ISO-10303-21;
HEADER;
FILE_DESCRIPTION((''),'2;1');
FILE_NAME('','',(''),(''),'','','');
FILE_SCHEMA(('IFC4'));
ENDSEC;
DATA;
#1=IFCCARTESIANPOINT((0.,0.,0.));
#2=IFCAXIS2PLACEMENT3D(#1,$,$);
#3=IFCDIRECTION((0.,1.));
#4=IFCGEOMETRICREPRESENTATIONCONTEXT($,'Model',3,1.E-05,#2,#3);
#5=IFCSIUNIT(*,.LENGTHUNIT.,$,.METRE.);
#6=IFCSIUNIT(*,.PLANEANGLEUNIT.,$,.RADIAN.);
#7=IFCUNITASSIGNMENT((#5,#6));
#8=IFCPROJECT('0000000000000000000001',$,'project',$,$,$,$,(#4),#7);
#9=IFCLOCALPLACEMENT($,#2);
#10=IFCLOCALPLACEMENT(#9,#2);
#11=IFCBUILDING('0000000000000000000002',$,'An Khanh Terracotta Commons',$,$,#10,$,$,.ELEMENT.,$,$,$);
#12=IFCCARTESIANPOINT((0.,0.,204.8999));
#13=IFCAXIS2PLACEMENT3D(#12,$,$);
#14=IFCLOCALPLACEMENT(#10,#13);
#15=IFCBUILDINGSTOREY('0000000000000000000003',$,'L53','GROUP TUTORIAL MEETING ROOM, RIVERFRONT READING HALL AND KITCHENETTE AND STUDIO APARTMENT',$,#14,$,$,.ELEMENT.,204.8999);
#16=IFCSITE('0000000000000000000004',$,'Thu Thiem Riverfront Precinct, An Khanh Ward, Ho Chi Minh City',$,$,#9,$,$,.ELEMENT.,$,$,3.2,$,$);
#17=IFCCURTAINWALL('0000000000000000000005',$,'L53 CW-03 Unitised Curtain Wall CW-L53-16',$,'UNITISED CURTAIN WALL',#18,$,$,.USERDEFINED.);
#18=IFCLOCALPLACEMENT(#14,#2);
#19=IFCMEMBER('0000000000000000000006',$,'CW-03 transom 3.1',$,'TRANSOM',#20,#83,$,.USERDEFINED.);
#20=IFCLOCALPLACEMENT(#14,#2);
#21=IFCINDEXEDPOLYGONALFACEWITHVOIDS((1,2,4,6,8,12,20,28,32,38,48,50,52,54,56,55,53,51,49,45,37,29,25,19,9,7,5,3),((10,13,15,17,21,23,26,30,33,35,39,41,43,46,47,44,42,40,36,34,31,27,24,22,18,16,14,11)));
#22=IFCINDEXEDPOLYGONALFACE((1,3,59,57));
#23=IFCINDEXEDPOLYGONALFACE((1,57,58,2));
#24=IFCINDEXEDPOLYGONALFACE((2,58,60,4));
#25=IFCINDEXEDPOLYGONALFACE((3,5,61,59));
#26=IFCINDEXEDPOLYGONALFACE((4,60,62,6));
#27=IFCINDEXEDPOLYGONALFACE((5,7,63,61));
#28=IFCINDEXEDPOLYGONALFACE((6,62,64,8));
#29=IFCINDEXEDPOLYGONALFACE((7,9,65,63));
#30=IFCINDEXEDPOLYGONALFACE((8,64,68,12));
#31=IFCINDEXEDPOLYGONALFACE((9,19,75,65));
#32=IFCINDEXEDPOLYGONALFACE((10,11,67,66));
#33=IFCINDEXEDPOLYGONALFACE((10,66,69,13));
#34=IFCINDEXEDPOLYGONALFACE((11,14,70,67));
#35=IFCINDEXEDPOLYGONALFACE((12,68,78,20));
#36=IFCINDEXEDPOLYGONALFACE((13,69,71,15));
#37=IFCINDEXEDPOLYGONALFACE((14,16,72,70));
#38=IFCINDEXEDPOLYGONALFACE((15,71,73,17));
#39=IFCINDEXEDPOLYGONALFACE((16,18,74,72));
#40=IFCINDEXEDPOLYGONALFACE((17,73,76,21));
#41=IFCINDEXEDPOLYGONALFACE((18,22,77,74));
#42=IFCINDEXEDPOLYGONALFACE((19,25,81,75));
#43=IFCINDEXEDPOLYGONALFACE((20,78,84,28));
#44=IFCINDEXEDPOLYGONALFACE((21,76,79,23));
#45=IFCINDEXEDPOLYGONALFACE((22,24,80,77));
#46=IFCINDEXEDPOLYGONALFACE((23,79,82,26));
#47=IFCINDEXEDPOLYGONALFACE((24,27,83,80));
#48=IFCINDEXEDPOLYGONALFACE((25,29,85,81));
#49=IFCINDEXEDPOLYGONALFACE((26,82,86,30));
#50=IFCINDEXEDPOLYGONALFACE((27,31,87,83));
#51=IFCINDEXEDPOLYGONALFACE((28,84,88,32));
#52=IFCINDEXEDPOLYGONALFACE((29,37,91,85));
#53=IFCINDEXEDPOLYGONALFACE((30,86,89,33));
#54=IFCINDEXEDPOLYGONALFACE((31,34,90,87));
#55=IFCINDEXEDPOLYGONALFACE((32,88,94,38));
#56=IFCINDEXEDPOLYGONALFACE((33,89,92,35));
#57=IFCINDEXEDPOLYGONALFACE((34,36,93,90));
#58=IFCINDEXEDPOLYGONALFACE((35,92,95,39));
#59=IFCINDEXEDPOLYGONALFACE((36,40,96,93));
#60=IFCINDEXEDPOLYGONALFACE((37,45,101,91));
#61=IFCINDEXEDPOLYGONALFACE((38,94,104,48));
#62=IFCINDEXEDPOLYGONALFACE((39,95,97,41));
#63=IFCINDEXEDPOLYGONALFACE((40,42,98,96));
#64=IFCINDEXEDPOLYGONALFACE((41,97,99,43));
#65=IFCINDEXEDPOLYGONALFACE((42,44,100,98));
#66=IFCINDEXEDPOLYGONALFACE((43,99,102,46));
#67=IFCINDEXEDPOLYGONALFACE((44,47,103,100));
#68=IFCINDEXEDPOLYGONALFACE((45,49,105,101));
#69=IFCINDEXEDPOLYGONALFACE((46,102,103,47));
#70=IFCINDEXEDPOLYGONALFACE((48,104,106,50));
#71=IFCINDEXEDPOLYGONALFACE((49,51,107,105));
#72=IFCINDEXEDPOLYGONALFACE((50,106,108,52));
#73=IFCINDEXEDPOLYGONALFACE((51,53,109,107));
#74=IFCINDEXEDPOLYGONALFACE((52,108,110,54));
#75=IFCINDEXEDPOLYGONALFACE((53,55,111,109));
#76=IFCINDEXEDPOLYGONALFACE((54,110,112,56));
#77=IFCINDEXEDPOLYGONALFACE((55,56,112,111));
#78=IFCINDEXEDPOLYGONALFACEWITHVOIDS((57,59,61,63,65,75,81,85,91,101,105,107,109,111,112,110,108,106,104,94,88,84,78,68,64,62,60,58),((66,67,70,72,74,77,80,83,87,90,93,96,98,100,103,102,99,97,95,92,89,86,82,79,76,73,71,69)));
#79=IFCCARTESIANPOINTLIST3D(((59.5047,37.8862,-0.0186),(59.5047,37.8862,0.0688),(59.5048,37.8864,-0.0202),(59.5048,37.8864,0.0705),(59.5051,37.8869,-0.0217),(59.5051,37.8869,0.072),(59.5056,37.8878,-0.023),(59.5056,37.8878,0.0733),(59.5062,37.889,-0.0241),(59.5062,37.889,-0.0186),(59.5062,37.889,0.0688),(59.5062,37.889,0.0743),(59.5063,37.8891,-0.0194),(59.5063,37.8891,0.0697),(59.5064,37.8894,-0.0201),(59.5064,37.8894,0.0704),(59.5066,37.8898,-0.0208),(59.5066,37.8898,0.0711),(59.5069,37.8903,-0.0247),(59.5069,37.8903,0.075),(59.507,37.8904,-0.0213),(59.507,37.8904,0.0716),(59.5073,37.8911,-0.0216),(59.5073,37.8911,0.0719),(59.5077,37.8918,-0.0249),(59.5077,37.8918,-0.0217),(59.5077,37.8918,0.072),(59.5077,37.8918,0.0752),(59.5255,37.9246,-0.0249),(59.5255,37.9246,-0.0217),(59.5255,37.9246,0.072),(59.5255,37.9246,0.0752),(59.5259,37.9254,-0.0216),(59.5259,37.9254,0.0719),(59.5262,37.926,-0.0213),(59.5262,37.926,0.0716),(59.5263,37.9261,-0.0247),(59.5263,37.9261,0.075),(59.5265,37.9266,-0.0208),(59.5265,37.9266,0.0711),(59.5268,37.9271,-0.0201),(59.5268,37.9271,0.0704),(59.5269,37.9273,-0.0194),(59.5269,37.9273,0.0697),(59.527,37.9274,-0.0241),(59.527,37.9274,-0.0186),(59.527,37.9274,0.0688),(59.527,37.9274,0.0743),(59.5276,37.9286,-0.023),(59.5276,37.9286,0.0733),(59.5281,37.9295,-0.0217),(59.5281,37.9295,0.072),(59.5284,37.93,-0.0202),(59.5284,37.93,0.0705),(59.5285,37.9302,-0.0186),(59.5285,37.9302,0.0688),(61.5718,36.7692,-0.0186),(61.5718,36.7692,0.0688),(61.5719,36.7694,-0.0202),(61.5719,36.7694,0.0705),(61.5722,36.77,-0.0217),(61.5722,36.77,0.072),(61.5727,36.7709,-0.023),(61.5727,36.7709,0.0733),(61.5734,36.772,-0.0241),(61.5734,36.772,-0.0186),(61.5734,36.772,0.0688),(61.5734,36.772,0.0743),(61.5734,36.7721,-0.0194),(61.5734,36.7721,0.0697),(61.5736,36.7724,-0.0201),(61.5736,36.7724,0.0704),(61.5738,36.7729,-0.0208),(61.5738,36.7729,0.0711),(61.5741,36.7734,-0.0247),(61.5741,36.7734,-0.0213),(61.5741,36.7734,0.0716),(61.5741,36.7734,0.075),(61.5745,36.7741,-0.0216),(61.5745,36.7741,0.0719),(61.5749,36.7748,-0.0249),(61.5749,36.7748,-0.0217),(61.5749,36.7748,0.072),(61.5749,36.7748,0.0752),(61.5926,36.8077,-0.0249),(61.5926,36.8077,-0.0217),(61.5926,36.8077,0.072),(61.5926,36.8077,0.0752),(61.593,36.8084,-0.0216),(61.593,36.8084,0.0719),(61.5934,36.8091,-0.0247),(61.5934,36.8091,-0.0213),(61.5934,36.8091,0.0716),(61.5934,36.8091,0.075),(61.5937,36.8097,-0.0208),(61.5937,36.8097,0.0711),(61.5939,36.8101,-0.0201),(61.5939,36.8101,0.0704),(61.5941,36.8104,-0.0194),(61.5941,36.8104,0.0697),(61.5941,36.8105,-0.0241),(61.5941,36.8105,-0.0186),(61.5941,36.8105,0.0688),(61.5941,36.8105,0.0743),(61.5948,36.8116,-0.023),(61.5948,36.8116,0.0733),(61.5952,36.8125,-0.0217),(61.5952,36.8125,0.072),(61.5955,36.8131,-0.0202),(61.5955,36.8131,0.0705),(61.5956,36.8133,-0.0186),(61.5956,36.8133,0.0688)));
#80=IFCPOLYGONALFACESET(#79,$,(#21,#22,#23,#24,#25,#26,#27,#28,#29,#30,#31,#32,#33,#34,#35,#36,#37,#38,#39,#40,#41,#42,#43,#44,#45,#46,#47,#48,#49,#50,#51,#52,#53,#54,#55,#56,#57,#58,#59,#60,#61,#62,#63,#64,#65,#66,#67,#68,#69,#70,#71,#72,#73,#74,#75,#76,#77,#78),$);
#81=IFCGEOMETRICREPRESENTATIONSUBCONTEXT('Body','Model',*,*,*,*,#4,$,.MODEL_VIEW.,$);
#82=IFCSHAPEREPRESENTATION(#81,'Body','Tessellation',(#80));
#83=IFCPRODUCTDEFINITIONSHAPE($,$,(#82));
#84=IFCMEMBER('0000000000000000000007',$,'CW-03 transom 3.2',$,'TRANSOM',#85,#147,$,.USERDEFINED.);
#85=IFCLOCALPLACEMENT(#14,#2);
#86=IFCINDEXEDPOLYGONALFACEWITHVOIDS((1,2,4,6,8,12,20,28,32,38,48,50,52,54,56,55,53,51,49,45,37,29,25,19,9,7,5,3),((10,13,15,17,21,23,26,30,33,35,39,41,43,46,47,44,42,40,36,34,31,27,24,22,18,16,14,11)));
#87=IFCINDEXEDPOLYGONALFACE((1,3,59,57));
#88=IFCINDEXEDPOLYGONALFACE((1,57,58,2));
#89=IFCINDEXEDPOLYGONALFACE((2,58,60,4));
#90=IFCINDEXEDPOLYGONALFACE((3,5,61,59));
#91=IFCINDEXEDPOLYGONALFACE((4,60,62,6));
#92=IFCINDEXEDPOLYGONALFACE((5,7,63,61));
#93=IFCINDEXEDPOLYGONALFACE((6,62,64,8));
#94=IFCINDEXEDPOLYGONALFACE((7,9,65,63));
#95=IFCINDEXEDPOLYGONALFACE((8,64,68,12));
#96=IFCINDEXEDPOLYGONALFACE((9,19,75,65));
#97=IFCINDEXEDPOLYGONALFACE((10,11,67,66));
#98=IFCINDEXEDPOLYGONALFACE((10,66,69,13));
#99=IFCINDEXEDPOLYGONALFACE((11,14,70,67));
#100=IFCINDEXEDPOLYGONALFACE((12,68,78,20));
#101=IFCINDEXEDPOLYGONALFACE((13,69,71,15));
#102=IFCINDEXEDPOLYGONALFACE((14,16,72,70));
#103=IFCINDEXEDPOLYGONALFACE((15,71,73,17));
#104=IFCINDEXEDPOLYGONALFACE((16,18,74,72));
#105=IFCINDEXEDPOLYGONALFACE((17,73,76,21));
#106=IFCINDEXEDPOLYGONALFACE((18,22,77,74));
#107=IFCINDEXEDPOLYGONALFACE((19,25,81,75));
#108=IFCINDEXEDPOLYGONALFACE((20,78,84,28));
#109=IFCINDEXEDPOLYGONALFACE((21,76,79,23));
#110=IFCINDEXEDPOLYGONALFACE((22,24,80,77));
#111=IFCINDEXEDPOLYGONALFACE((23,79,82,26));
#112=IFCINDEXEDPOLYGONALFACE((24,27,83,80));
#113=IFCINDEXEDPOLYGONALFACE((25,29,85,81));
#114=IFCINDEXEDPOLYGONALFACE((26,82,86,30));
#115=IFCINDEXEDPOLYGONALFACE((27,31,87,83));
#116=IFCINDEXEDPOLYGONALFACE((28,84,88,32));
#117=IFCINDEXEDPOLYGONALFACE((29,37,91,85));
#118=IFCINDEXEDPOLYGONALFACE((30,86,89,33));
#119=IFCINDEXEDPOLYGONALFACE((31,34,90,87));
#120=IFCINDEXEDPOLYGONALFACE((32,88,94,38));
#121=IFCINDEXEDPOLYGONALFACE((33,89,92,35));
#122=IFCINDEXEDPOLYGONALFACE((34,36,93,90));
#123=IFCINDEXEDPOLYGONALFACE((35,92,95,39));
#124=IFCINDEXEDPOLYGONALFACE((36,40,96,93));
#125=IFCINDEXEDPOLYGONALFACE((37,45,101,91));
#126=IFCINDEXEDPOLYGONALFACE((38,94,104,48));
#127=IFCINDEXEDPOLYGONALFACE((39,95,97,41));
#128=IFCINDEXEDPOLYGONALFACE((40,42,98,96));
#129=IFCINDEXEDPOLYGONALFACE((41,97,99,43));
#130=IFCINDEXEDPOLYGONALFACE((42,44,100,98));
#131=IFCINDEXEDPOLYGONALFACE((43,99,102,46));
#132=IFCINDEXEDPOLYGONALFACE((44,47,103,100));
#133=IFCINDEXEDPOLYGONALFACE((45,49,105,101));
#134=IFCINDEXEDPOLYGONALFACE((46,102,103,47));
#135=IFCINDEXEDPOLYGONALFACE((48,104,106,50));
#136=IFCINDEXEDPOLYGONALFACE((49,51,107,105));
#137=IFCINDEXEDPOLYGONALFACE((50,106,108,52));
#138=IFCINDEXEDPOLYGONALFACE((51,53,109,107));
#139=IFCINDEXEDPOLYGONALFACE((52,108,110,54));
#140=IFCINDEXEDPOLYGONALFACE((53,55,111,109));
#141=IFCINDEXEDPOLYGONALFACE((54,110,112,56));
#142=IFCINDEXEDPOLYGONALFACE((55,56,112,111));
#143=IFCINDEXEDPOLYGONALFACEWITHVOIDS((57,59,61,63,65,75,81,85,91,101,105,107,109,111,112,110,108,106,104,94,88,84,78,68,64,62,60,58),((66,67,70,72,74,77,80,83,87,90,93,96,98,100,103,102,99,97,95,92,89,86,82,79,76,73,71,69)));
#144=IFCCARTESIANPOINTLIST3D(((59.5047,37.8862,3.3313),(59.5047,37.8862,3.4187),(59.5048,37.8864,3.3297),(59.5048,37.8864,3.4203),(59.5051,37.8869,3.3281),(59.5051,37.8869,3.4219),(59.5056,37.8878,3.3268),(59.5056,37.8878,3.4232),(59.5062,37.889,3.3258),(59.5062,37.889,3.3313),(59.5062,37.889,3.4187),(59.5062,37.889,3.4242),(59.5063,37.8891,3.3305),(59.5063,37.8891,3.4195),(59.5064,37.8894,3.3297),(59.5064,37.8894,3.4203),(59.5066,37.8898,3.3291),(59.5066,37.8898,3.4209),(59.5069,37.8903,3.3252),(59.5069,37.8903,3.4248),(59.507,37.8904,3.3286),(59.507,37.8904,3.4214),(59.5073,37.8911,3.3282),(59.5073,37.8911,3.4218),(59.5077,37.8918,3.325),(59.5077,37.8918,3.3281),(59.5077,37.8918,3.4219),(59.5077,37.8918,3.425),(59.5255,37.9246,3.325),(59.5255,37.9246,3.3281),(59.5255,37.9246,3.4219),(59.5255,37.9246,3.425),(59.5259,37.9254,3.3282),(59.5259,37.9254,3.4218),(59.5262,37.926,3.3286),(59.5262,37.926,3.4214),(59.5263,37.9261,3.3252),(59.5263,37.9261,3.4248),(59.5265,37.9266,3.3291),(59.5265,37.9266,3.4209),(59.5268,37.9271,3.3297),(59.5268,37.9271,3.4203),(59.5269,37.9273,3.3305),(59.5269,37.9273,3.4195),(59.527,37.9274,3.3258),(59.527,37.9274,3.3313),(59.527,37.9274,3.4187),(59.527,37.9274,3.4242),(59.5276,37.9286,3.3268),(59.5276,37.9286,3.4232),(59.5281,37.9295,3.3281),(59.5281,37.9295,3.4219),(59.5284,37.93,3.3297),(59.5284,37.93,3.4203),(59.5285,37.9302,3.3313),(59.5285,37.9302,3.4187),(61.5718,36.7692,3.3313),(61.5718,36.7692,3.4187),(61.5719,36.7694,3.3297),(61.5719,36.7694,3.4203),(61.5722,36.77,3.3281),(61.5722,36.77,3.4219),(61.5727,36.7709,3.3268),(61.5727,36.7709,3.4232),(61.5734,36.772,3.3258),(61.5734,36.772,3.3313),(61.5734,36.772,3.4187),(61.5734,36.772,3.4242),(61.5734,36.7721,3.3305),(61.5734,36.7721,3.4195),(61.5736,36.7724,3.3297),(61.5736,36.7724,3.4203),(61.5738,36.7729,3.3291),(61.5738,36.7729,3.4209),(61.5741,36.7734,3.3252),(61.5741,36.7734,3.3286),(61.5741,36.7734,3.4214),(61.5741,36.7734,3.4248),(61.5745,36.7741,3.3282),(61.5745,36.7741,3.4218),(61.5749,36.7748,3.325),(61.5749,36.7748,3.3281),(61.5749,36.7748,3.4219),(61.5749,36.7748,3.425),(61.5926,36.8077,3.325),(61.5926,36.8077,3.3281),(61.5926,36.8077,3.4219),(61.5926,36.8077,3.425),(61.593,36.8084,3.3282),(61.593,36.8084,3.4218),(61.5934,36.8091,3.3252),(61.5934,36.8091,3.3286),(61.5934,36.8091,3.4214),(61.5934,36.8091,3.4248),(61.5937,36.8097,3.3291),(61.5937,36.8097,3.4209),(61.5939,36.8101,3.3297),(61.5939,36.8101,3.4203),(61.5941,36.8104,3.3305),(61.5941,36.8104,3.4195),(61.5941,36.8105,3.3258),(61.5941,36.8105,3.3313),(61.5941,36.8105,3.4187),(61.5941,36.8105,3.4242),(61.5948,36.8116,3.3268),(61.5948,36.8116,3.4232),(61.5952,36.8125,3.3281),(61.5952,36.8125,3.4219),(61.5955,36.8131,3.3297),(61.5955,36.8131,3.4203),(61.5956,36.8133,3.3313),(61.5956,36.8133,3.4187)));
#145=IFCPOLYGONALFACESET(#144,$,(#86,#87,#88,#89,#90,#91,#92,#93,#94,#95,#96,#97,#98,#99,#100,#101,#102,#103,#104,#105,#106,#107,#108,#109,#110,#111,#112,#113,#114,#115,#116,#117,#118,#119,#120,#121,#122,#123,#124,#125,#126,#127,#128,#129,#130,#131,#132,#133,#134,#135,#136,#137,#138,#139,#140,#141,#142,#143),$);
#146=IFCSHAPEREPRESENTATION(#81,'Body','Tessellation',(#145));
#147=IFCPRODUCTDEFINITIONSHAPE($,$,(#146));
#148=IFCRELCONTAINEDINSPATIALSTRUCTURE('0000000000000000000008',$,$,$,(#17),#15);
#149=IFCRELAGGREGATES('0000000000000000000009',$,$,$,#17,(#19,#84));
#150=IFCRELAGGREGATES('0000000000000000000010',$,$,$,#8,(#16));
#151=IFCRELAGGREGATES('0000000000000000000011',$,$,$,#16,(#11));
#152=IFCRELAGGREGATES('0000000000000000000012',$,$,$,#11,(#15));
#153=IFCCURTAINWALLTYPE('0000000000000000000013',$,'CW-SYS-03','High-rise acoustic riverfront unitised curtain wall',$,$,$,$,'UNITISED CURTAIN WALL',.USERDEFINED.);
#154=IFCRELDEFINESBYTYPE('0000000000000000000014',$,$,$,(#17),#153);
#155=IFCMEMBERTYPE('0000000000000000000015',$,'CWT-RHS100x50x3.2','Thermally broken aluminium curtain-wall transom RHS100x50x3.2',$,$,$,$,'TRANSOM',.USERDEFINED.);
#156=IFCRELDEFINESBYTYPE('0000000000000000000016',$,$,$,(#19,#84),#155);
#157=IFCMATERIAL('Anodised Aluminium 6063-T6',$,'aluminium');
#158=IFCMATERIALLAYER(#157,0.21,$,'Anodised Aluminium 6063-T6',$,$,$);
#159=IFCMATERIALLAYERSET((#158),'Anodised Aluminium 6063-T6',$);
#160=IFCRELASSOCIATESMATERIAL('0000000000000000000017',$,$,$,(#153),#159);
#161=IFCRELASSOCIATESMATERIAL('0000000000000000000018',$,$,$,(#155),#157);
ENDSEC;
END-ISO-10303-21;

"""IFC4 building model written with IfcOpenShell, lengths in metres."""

from ifc_helpers import new_model, si_unit, direction, frame, origin, origin_2d, place, context, subcontext, project, spatial, hollow_rectangle, extrude, material, layer, layer_set, material_profile, profile_set, type_object, element, aggregate, save


model = new_model("IFC4")

# Units and contexts
model_context = context("Model", 3, precision=1e-05, world=origin(), true_north=direction((0.0, 1.0)))
body_context = subcontext(model_context, "Body", "Model", "MODEL_VIEW")
ifc_project = project(units=[si_unit("LENGTHUNIT", "METRE"), si_unit("PLANEANGLEUNIT", "RADIAN")], contexts=[model_context])

# Site, building, storey
site_placement = place(None, origin())
site = spatial("IfcSite", under=ifc_project, at=site_placement, Name="Thu Thiem Riverfront Precinct, An Khanh Ward, Ho Chi Minh City", CompositionType="ELEMENT", RefElevation=3.2)
building_placement = place(site_placement, origin())
building = spatial("IfcBuilding", under=site, at=building_placement, Name="An Khanh Terracotta Commons", CompositionType="ELEMENT")
storey_placement = place(building_placement, frame((0.0, 0.0, 204.8999)))
storey = spatial("IfcBuildingStorey", under=building, at=storey_placement, Name="L53", Description="GROUP TUTORIAL MEETING ROOM, RIVERFRONT READING HALL AND KITCHENETTE AND STUDIO APARTMENT", CompositionType="ELEMENT", Elevation=204.8999)

# Curtain wall, members
ifc_material_1 = material(Name="Anodised Aluminium 6063-T6", Category="aluminium")
ifc_layer_1 = layer(ifc_material_1, 0.21, Name="Anodised Aluminium 6063-T6")
ifc_layer_set_1 = layer_set([ifc_layer_1], Name="Anodised Aluminium 6063-T6")
curtain_wall_type = type_object("IfcCurtainWallType", Name="CW-SYS-03", Description="High-rise acoustic riverfront unitised curtain wall", ElementType="UNITISED CURTAIN WALL", PredefinedType="USERDEFINED", material=ifc_layer_set_1)
curtain_wall_placement = place(storey_placement, origin())
curtain_wall = element("IfcCurtainWall", 1, at=curtain_wall_placement, inside=storey, type_object=curtain_wall_type, Name="L53 CW-03 Unitised Curtain Wall CW-L53-16", ObjectType="UNITISED CURTAIN WALL", PredefinedType="USERDEFINED")
ifc_material_profile_1 = material_profile(ifc_material_1, hollow_rectangle(XDim=0.05, YDim=0.1001, WallThickness=0.0032, InnerFilletRadius=0.0032, OuterFilletRadius=0.0063, at=origin_2d()), Name="RHS100x50x3.2")
ifc_profile_set_1 = profile_set([ifc_material_profile_1], Name="Anodised Aluminium 6063-T6")
member_type_1 = type_object("IfcMemberType", Name="CWT-RHS100x50x3.2", Description="Thermally broken aluminium curtain-wall transom RHS100x50x3.2", ElementType="TRANSOM", PredefinedType="USERDEFINED", material=ifc_profile_set_1)
member_1_placement = place(storey_placement, frame((61.5837, 36.7913, 0.0251), z_axis=(-0.879783, 0.475376, 0.0), x_axis=(-0.475376, -0.879783, 0.0)))
member_1 = element("IfcMember", 2, at=member_1_placement, type_object=member_type_1, Name="CW-03 transom 3.1", ObjectType="TRANSOM", PredefinedType="USERDEFINED", context=body_context, shape_type="SweptSolid", body=[
    extrude(hollow_rectangle(XDim=0.05, YDim=0.1001, WallThickness=0.0032, InnerFilletRadius=0.0032, OuterFilletRadius=0.0063, at=origin_2d()), origin(), (0.0, 0.0, 1.0), 2.3496),
])
member_2_placement = place(storey_placement, frame((61.5837, 36.7913, 3.375), z_axis=(-0.879783, 0.475376, 0.0), x_axis=(-0.475376, -0.879783, 0.0)))
member_2 = element("IfcMember", 3, at=member_2_placement, type_object=member_type_1, Name="CW-03 transom 3.2", ObjectType="TRANSOM", PredefinedType="USERDEFINED", context=body_context, shape_type="SweptSolid", body=[
    extrude(hollow_rectangle(XDim=0.05, YDim=0.1001, WallThickness=0.0032, InnerFilletRadius=0.0032, OuterFilletRadius=0.0063, at=origin_2d()), origin(), (0.0, 0.0, 1.0), 2.3496),
])
aggregate(curtain_wall, [member_1, member_2])

save(model, "model.ifc")
